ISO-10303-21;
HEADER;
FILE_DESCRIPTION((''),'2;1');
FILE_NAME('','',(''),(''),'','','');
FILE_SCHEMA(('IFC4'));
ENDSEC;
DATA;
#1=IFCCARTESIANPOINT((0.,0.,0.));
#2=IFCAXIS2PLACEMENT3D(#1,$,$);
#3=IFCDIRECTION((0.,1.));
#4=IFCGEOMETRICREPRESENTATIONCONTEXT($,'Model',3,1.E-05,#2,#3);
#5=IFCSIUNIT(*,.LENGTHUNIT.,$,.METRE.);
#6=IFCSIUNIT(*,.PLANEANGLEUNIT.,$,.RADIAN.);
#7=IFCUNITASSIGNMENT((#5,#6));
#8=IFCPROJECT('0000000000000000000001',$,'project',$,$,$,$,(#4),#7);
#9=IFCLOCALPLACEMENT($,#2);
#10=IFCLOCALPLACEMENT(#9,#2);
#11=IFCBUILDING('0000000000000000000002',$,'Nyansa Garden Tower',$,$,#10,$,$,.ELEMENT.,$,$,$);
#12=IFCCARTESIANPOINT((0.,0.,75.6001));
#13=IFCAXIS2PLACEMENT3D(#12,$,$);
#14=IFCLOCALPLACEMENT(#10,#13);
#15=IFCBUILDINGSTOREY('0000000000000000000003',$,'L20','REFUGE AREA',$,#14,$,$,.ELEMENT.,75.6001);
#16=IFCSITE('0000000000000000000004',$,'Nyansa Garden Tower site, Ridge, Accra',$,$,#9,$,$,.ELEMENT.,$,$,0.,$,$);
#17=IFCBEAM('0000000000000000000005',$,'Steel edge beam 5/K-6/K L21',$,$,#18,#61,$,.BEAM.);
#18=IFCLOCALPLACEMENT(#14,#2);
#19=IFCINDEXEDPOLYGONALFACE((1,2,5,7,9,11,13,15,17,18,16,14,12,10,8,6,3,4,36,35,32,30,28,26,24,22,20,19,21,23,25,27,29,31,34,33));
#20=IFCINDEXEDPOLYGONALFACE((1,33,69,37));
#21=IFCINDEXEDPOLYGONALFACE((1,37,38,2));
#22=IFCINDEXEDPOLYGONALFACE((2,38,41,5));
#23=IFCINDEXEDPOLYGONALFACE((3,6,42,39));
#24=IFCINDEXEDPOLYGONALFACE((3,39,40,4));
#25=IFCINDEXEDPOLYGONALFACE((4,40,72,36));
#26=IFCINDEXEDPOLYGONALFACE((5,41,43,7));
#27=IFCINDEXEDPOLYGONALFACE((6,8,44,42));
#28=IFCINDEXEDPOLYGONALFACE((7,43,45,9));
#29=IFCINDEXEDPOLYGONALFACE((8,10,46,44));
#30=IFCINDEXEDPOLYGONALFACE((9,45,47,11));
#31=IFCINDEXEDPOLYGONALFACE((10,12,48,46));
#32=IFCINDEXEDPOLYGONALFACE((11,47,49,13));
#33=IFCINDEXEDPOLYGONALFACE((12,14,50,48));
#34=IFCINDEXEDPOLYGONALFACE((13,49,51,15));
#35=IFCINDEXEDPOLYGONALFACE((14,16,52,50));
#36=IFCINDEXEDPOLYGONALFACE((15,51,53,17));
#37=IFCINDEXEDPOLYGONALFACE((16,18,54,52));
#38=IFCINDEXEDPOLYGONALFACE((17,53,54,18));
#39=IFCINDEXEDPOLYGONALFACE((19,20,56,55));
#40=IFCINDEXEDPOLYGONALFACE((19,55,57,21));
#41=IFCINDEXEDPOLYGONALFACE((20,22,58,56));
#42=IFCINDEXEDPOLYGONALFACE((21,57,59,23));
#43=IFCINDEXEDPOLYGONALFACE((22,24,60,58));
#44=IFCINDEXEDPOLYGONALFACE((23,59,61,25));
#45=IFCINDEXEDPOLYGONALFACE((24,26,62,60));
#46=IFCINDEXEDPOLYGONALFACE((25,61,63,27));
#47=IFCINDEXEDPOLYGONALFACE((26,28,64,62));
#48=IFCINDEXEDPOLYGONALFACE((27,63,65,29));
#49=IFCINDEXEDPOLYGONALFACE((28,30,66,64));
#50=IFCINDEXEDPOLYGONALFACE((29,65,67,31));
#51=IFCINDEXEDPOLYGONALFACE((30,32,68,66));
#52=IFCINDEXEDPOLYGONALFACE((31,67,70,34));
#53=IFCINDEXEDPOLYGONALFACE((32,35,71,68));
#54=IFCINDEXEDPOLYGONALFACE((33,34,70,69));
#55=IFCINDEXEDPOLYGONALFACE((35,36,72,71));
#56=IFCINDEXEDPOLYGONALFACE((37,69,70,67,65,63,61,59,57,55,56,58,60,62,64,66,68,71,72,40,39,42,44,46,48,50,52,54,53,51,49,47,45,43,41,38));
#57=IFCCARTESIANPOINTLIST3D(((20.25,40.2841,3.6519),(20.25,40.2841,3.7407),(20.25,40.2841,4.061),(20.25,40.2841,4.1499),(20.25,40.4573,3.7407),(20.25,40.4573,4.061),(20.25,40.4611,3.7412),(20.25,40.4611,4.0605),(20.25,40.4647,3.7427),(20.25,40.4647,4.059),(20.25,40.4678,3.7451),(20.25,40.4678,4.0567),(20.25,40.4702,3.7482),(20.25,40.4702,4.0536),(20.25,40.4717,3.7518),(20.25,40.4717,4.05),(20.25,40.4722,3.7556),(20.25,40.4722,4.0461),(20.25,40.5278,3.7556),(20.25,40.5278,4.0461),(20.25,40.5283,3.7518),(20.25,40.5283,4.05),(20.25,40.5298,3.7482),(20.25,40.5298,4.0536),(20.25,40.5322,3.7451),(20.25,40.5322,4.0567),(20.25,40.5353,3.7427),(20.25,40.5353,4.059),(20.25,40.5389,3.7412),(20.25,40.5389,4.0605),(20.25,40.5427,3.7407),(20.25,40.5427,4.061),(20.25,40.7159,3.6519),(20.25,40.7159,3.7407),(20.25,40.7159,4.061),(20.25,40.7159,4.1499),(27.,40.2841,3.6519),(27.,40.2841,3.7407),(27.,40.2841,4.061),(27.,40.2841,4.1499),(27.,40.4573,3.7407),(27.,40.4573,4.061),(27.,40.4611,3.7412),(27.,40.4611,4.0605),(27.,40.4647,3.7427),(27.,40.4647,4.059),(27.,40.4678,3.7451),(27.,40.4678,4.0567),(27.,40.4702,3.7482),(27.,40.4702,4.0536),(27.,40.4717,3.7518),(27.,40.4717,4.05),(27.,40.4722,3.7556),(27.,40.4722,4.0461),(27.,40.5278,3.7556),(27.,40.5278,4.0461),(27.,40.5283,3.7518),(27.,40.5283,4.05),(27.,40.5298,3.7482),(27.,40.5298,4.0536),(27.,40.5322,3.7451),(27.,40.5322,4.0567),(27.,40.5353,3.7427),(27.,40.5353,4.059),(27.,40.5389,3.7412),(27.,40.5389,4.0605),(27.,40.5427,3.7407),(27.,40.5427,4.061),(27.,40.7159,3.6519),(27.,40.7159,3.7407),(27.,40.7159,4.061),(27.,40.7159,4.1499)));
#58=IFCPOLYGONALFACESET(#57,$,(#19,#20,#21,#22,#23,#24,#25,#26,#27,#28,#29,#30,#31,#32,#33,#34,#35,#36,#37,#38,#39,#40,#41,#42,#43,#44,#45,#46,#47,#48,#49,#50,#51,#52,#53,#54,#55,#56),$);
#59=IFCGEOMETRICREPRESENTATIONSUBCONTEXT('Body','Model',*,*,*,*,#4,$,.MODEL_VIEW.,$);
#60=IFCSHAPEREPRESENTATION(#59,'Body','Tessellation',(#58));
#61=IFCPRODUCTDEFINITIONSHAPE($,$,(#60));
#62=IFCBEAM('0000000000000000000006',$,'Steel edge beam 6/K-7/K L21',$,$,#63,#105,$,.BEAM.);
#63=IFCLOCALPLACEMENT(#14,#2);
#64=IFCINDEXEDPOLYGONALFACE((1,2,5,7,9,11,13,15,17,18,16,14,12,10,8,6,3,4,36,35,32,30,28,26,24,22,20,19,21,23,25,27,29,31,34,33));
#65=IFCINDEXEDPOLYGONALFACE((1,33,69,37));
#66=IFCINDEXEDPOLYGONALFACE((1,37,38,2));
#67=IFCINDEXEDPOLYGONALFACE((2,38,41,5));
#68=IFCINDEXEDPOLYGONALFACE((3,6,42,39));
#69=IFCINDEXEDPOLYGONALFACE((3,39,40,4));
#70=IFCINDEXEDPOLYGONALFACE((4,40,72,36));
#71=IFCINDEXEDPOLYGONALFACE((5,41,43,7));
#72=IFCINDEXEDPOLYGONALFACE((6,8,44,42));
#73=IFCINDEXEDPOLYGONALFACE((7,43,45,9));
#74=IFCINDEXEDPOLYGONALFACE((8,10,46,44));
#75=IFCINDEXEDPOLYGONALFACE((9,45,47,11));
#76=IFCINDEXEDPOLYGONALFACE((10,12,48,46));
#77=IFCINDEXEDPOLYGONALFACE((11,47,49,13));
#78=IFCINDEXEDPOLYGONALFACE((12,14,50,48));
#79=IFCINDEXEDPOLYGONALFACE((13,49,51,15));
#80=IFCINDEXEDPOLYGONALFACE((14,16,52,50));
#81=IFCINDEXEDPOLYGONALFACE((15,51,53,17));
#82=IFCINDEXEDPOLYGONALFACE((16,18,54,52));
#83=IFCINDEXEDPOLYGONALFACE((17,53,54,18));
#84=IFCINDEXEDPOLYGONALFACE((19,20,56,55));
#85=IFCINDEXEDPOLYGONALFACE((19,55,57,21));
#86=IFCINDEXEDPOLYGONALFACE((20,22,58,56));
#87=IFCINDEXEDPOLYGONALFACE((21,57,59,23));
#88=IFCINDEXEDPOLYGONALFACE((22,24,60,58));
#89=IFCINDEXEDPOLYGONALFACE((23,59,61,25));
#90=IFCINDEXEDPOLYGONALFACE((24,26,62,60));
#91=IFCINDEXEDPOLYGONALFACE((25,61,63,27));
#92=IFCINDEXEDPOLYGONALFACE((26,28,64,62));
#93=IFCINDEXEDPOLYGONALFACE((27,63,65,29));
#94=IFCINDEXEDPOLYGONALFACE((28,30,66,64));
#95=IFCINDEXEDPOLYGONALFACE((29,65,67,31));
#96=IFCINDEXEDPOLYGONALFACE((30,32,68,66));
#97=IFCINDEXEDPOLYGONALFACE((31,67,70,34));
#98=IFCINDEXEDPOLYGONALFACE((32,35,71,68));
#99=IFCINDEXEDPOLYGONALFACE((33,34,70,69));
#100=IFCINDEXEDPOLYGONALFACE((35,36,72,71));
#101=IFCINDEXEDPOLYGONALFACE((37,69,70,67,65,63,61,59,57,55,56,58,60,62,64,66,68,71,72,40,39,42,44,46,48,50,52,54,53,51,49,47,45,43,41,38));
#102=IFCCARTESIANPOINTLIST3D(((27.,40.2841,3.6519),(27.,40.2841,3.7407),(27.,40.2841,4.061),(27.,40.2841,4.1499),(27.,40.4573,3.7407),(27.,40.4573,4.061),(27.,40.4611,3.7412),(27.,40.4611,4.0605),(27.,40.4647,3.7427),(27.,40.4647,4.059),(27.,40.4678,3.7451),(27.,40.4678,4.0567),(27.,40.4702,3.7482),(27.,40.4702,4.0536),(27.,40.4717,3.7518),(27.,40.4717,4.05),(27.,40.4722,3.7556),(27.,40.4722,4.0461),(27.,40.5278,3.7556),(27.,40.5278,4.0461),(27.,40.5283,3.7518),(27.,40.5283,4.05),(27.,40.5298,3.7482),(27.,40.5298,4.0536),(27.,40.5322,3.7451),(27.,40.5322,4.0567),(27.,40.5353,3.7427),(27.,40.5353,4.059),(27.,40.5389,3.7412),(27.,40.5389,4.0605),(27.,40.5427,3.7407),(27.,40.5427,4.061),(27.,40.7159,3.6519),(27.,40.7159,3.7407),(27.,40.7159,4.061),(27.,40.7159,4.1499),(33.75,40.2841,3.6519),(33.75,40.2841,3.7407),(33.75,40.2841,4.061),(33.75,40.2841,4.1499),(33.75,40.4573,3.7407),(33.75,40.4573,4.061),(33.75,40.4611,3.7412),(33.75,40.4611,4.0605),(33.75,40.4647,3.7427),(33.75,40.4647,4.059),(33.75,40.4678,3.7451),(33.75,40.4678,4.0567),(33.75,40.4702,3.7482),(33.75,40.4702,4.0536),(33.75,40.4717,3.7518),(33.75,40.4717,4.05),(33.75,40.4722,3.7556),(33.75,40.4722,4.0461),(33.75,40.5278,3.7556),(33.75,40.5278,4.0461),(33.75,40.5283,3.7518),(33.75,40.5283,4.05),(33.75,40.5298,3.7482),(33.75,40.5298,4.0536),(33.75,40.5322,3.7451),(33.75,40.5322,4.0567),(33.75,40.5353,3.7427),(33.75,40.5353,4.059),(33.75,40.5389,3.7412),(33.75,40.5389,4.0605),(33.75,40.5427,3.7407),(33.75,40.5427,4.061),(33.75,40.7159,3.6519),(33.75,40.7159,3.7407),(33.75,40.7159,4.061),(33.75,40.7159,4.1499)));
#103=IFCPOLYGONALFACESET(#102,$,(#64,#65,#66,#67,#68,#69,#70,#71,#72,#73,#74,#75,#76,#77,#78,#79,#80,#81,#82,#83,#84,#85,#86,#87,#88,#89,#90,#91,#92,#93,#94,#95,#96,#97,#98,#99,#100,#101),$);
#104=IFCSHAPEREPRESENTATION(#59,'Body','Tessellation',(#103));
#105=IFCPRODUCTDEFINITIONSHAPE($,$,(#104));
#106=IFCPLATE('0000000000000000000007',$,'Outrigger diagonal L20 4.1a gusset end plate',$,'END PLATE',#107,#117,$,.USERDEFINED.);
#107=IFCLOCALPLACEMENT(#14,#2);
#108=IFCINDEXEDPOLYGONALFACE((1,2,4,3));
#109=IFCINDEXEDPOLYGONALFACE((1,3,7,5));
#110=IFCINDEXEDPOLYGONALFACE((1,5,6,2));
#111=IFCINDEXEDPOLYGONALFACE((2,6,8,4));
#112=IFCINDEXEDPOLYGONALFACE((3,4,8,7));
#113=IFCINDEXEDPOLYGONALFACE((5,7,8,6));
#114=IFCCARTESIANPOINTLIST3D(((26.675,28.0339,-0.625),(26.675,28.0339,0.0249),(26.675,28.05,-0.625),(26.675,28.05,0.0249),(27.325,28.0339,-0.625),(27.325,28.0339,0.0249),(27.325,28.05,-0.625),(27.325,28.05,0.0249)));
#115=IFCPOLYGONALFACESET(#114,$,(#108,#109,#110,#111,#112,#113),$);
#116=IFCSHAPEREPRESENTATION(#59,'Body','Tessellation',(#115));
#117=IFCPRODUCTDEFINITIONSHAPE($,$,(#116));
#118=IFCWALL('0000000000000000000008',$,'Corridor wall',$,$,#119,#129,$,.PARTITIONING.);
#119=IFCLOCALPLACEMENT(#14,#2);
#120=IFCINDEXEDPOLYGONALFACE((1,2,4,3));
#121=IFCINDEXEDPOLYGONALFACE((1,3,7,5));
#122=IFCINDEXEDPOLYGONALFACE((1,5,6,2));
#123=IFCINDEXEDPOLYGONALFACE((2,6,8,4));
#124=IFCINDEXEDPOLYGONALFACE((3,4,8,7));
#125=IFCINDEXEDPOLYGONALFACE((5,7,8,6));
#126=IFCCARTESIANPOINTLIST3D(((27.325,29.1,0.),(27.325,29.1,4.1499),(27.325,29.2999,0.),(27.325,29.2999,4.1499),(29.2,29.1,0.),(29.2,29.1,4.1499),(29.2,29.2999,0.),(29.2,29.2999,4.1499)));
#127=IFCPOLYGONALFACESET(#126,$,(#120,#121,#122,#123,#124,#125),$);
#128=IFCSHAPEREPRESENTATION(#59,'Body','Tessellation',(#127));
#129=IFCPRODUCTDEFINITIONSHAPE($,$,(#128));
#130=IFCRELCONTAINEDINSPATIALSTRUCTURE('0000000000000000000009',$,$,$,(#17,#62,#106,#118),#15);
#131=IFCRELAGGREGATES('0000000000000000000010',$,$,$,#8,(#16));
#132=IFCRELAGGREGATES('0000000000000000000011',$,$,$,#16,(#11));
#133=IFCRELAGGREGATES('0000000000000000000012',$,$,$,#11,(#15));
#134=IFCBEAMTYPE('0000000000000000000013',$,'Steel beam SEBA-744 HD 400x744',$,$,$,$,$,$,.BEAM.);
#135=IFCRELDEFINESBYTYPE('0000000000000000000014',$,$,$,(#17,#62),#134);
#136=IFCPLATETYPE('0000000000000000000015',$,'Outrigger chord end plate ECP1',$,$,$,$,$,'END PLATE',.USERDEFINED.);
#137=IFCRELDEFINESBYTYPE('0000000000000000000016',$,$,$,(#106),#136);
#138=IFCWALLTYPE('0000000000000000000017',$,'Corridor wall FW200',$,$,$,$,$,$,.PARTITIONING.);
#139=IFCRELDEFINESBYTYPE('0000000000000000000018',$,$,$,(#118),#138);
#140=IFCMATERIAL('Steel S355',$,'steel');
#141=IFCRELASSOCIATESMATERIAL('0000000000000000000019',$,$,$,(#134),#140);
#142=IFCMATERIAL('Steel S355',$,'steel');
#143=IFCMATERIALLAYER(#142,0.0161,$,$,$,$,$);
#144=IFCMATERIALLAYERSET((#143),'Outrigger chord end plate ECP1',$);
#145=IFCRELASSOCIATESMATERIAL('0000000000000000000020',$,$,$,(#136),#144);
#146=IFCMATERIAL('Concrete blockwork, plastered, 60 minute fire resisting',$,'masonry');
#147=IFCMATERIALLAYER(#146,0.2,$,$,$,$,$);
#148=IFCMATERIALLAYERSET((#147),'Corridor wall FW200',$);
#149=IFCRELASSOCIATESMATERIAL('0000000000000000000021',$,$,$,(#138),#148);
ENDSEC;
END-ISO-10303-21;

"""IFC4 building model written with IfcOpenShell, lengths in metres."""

from ifc_helpers import new_model, si_unit, direction, frame, frame_2d, origin, origin_2d, place, context, subcontext, project, spatial, rectangle, i_section, extrude, material, layer, layer_set, material_profile, profile_set, type_object, element, save


model = new_model("IFC4")

# Units and contexts
model_context = context("Model", 3, precision=1e-05, world=origin(), true_north=direction((0.0, 1.0)))
body_context = subcontext(model_context, "Body", "Model", "MODEL_VIEW")
ifc_project = project(units=[si_unit("LENGTHUNIT", "METRE"), si_unit("PLANEANGLEUNIT", "RADIAN")], contexts=[model_context])

# Site, building, storey
site_placement = place(None, origin())
site = spatial("IfcSite", under=ifc_project, at=site_placement, Name="Nyansa Garden Tower site, Ridge, Accra", CompositionType="ELEMENT", RefElevation=0.0)
building_placement = place(site_placement, origin())
building = spatial("IfcBuilding", under=site, at=building_placement, Name="Nyansa Garden Tower", CompositionType="ELEMENT")
storey_placement = place(building_placement, frame((0.0, 0.0, 75.6001)))
storey = spatial("IfcBuildingStorey", under=building, at=storey_placement, Name="L20", Description="REFUGE AREA", CompositionType="ELEMENT", Elevation=75.6001)

# Beams
ifc_material_1 = material(Name="Steel S355", Category="steel")
ifc_material_profile_1 = material_profile(ifc_material_1, i_section(OverallWidth=0.4319, OverallDepth=0.498, WebThickness=0.0557, FlangeThickness=0.0889, FilletRadius=0.0149, at=origin_2d()), Name="HD 400x744")
ifc_profile_set_1 = profile_set([ifc_material_profile_1], Name="Steel S355")
beam_type_1 = type_object("IfcBeamType", Name="Steel beam SEBA-744 HD 400x744", PredefinedType="BEAM", material=ifc_profile_set_1)
for number, where, z_axis, x_axis, name in (
    (1, (20.25, 40.5, 3.9009), (1.0, 0.0, 0.0), (0.0, 1.0, 0.0), "Steel edge beam 5/K-6/K L21"),
    (2, (27.0, 40.5, 3.9009), (1.0, 0.0, 0.0), (0.0, 1.0, 0.0), "Steel edge beam 6/K-7/K L21"),
):
    element("IfcBeam", number, at=place(storey_placement, frame(where, z_axis=z_axis, x_axis=x_axis)), inside=storey, type_object=beam_type_1, Name=name, PredefinedType="BEAM", context=body_context, shape_type="SweptSolid", body=[
        extrude(i_section(OverallWidth=0.4319, OverallDepth=0.498, WebThickness=0.0557, FlangeThickness=0.0889, FilletRadius=0.0149, at=origin_2d()), origin(), (0.0, 0.0, 1.0), 6.75),
    ])

# Plate
ifc_material_2 = material(Name="Steel S355", Category="steel")
ifc_layer_1 = layer(ifc_material_2, 0.0161)
ifc_layer_set_1 = layer_set([ifc_layer_1], Name="Outrigger chord end plate ECP1")
plate_type = type_object("IfcPlateType", Name="Outrigger chord end plate ECP1", ElementType="END PLATE", PredefinedType="USERDEFINED", material=ifc_layer_set_1)
plate_placement = place(storey_placement, frame((27.0, 28.042, -0.625), z_axis=(0.0, 0.0, 1.0), x_axis=(1.0, 0.0, 0.0)))
element("IfcPlate", 3, at=plate_placement, inside=storey, type_object=plate_type, Name="Outrigger diagonal L20 4.1a gusset end plate", ObjectType="END PLATE", PredefinedType="USERDEFINED", context=body_context, shape_type="SweptSolid", body=[
    extrude(rectangle(XDim=0.6499, YDim=0.0161, at=origin_2d()), origin(), (0.0, 0.0, 1.0), 0.6499),
])

# Wall
ifc_material_3 = material(Name="Concrete blockwork, plastered, 60 minute fire resisting", Category="masonry")
ifc_layer_2 = layer(ifc_material_3, 0.2)
ifc_layer_set_2 = layer_set([ifc_layer_2], Name="Corridor wall FW200")
wall_type = type_object("IfcWallType", Name="Corridor wall FW200", PredefinedType="PARTITIONING", material=ifc_layer_set_2)
wall_placement = place(storey_placement, frame((27.325, 29.2, 0.0), z_axis=(0.0, 0.0, 1.0), x_axis=(1.0, 0.0, 0.0)))
element("IfcWall", 4, at=wall_placement, inside=storey, type_object=wall_type, Name="Corridor wall", PredefinedType="PARTITIONING", context=body_context, shape_type="SweptSolid", body=[
    extrude(rectangle(XDim=1.875, YDim=0.2, at=frame_2d((0.9375, 0.0))), origin(), (0.0, 0.0, 1.0), 4.1499),
])

save(model, "model.ifc")
